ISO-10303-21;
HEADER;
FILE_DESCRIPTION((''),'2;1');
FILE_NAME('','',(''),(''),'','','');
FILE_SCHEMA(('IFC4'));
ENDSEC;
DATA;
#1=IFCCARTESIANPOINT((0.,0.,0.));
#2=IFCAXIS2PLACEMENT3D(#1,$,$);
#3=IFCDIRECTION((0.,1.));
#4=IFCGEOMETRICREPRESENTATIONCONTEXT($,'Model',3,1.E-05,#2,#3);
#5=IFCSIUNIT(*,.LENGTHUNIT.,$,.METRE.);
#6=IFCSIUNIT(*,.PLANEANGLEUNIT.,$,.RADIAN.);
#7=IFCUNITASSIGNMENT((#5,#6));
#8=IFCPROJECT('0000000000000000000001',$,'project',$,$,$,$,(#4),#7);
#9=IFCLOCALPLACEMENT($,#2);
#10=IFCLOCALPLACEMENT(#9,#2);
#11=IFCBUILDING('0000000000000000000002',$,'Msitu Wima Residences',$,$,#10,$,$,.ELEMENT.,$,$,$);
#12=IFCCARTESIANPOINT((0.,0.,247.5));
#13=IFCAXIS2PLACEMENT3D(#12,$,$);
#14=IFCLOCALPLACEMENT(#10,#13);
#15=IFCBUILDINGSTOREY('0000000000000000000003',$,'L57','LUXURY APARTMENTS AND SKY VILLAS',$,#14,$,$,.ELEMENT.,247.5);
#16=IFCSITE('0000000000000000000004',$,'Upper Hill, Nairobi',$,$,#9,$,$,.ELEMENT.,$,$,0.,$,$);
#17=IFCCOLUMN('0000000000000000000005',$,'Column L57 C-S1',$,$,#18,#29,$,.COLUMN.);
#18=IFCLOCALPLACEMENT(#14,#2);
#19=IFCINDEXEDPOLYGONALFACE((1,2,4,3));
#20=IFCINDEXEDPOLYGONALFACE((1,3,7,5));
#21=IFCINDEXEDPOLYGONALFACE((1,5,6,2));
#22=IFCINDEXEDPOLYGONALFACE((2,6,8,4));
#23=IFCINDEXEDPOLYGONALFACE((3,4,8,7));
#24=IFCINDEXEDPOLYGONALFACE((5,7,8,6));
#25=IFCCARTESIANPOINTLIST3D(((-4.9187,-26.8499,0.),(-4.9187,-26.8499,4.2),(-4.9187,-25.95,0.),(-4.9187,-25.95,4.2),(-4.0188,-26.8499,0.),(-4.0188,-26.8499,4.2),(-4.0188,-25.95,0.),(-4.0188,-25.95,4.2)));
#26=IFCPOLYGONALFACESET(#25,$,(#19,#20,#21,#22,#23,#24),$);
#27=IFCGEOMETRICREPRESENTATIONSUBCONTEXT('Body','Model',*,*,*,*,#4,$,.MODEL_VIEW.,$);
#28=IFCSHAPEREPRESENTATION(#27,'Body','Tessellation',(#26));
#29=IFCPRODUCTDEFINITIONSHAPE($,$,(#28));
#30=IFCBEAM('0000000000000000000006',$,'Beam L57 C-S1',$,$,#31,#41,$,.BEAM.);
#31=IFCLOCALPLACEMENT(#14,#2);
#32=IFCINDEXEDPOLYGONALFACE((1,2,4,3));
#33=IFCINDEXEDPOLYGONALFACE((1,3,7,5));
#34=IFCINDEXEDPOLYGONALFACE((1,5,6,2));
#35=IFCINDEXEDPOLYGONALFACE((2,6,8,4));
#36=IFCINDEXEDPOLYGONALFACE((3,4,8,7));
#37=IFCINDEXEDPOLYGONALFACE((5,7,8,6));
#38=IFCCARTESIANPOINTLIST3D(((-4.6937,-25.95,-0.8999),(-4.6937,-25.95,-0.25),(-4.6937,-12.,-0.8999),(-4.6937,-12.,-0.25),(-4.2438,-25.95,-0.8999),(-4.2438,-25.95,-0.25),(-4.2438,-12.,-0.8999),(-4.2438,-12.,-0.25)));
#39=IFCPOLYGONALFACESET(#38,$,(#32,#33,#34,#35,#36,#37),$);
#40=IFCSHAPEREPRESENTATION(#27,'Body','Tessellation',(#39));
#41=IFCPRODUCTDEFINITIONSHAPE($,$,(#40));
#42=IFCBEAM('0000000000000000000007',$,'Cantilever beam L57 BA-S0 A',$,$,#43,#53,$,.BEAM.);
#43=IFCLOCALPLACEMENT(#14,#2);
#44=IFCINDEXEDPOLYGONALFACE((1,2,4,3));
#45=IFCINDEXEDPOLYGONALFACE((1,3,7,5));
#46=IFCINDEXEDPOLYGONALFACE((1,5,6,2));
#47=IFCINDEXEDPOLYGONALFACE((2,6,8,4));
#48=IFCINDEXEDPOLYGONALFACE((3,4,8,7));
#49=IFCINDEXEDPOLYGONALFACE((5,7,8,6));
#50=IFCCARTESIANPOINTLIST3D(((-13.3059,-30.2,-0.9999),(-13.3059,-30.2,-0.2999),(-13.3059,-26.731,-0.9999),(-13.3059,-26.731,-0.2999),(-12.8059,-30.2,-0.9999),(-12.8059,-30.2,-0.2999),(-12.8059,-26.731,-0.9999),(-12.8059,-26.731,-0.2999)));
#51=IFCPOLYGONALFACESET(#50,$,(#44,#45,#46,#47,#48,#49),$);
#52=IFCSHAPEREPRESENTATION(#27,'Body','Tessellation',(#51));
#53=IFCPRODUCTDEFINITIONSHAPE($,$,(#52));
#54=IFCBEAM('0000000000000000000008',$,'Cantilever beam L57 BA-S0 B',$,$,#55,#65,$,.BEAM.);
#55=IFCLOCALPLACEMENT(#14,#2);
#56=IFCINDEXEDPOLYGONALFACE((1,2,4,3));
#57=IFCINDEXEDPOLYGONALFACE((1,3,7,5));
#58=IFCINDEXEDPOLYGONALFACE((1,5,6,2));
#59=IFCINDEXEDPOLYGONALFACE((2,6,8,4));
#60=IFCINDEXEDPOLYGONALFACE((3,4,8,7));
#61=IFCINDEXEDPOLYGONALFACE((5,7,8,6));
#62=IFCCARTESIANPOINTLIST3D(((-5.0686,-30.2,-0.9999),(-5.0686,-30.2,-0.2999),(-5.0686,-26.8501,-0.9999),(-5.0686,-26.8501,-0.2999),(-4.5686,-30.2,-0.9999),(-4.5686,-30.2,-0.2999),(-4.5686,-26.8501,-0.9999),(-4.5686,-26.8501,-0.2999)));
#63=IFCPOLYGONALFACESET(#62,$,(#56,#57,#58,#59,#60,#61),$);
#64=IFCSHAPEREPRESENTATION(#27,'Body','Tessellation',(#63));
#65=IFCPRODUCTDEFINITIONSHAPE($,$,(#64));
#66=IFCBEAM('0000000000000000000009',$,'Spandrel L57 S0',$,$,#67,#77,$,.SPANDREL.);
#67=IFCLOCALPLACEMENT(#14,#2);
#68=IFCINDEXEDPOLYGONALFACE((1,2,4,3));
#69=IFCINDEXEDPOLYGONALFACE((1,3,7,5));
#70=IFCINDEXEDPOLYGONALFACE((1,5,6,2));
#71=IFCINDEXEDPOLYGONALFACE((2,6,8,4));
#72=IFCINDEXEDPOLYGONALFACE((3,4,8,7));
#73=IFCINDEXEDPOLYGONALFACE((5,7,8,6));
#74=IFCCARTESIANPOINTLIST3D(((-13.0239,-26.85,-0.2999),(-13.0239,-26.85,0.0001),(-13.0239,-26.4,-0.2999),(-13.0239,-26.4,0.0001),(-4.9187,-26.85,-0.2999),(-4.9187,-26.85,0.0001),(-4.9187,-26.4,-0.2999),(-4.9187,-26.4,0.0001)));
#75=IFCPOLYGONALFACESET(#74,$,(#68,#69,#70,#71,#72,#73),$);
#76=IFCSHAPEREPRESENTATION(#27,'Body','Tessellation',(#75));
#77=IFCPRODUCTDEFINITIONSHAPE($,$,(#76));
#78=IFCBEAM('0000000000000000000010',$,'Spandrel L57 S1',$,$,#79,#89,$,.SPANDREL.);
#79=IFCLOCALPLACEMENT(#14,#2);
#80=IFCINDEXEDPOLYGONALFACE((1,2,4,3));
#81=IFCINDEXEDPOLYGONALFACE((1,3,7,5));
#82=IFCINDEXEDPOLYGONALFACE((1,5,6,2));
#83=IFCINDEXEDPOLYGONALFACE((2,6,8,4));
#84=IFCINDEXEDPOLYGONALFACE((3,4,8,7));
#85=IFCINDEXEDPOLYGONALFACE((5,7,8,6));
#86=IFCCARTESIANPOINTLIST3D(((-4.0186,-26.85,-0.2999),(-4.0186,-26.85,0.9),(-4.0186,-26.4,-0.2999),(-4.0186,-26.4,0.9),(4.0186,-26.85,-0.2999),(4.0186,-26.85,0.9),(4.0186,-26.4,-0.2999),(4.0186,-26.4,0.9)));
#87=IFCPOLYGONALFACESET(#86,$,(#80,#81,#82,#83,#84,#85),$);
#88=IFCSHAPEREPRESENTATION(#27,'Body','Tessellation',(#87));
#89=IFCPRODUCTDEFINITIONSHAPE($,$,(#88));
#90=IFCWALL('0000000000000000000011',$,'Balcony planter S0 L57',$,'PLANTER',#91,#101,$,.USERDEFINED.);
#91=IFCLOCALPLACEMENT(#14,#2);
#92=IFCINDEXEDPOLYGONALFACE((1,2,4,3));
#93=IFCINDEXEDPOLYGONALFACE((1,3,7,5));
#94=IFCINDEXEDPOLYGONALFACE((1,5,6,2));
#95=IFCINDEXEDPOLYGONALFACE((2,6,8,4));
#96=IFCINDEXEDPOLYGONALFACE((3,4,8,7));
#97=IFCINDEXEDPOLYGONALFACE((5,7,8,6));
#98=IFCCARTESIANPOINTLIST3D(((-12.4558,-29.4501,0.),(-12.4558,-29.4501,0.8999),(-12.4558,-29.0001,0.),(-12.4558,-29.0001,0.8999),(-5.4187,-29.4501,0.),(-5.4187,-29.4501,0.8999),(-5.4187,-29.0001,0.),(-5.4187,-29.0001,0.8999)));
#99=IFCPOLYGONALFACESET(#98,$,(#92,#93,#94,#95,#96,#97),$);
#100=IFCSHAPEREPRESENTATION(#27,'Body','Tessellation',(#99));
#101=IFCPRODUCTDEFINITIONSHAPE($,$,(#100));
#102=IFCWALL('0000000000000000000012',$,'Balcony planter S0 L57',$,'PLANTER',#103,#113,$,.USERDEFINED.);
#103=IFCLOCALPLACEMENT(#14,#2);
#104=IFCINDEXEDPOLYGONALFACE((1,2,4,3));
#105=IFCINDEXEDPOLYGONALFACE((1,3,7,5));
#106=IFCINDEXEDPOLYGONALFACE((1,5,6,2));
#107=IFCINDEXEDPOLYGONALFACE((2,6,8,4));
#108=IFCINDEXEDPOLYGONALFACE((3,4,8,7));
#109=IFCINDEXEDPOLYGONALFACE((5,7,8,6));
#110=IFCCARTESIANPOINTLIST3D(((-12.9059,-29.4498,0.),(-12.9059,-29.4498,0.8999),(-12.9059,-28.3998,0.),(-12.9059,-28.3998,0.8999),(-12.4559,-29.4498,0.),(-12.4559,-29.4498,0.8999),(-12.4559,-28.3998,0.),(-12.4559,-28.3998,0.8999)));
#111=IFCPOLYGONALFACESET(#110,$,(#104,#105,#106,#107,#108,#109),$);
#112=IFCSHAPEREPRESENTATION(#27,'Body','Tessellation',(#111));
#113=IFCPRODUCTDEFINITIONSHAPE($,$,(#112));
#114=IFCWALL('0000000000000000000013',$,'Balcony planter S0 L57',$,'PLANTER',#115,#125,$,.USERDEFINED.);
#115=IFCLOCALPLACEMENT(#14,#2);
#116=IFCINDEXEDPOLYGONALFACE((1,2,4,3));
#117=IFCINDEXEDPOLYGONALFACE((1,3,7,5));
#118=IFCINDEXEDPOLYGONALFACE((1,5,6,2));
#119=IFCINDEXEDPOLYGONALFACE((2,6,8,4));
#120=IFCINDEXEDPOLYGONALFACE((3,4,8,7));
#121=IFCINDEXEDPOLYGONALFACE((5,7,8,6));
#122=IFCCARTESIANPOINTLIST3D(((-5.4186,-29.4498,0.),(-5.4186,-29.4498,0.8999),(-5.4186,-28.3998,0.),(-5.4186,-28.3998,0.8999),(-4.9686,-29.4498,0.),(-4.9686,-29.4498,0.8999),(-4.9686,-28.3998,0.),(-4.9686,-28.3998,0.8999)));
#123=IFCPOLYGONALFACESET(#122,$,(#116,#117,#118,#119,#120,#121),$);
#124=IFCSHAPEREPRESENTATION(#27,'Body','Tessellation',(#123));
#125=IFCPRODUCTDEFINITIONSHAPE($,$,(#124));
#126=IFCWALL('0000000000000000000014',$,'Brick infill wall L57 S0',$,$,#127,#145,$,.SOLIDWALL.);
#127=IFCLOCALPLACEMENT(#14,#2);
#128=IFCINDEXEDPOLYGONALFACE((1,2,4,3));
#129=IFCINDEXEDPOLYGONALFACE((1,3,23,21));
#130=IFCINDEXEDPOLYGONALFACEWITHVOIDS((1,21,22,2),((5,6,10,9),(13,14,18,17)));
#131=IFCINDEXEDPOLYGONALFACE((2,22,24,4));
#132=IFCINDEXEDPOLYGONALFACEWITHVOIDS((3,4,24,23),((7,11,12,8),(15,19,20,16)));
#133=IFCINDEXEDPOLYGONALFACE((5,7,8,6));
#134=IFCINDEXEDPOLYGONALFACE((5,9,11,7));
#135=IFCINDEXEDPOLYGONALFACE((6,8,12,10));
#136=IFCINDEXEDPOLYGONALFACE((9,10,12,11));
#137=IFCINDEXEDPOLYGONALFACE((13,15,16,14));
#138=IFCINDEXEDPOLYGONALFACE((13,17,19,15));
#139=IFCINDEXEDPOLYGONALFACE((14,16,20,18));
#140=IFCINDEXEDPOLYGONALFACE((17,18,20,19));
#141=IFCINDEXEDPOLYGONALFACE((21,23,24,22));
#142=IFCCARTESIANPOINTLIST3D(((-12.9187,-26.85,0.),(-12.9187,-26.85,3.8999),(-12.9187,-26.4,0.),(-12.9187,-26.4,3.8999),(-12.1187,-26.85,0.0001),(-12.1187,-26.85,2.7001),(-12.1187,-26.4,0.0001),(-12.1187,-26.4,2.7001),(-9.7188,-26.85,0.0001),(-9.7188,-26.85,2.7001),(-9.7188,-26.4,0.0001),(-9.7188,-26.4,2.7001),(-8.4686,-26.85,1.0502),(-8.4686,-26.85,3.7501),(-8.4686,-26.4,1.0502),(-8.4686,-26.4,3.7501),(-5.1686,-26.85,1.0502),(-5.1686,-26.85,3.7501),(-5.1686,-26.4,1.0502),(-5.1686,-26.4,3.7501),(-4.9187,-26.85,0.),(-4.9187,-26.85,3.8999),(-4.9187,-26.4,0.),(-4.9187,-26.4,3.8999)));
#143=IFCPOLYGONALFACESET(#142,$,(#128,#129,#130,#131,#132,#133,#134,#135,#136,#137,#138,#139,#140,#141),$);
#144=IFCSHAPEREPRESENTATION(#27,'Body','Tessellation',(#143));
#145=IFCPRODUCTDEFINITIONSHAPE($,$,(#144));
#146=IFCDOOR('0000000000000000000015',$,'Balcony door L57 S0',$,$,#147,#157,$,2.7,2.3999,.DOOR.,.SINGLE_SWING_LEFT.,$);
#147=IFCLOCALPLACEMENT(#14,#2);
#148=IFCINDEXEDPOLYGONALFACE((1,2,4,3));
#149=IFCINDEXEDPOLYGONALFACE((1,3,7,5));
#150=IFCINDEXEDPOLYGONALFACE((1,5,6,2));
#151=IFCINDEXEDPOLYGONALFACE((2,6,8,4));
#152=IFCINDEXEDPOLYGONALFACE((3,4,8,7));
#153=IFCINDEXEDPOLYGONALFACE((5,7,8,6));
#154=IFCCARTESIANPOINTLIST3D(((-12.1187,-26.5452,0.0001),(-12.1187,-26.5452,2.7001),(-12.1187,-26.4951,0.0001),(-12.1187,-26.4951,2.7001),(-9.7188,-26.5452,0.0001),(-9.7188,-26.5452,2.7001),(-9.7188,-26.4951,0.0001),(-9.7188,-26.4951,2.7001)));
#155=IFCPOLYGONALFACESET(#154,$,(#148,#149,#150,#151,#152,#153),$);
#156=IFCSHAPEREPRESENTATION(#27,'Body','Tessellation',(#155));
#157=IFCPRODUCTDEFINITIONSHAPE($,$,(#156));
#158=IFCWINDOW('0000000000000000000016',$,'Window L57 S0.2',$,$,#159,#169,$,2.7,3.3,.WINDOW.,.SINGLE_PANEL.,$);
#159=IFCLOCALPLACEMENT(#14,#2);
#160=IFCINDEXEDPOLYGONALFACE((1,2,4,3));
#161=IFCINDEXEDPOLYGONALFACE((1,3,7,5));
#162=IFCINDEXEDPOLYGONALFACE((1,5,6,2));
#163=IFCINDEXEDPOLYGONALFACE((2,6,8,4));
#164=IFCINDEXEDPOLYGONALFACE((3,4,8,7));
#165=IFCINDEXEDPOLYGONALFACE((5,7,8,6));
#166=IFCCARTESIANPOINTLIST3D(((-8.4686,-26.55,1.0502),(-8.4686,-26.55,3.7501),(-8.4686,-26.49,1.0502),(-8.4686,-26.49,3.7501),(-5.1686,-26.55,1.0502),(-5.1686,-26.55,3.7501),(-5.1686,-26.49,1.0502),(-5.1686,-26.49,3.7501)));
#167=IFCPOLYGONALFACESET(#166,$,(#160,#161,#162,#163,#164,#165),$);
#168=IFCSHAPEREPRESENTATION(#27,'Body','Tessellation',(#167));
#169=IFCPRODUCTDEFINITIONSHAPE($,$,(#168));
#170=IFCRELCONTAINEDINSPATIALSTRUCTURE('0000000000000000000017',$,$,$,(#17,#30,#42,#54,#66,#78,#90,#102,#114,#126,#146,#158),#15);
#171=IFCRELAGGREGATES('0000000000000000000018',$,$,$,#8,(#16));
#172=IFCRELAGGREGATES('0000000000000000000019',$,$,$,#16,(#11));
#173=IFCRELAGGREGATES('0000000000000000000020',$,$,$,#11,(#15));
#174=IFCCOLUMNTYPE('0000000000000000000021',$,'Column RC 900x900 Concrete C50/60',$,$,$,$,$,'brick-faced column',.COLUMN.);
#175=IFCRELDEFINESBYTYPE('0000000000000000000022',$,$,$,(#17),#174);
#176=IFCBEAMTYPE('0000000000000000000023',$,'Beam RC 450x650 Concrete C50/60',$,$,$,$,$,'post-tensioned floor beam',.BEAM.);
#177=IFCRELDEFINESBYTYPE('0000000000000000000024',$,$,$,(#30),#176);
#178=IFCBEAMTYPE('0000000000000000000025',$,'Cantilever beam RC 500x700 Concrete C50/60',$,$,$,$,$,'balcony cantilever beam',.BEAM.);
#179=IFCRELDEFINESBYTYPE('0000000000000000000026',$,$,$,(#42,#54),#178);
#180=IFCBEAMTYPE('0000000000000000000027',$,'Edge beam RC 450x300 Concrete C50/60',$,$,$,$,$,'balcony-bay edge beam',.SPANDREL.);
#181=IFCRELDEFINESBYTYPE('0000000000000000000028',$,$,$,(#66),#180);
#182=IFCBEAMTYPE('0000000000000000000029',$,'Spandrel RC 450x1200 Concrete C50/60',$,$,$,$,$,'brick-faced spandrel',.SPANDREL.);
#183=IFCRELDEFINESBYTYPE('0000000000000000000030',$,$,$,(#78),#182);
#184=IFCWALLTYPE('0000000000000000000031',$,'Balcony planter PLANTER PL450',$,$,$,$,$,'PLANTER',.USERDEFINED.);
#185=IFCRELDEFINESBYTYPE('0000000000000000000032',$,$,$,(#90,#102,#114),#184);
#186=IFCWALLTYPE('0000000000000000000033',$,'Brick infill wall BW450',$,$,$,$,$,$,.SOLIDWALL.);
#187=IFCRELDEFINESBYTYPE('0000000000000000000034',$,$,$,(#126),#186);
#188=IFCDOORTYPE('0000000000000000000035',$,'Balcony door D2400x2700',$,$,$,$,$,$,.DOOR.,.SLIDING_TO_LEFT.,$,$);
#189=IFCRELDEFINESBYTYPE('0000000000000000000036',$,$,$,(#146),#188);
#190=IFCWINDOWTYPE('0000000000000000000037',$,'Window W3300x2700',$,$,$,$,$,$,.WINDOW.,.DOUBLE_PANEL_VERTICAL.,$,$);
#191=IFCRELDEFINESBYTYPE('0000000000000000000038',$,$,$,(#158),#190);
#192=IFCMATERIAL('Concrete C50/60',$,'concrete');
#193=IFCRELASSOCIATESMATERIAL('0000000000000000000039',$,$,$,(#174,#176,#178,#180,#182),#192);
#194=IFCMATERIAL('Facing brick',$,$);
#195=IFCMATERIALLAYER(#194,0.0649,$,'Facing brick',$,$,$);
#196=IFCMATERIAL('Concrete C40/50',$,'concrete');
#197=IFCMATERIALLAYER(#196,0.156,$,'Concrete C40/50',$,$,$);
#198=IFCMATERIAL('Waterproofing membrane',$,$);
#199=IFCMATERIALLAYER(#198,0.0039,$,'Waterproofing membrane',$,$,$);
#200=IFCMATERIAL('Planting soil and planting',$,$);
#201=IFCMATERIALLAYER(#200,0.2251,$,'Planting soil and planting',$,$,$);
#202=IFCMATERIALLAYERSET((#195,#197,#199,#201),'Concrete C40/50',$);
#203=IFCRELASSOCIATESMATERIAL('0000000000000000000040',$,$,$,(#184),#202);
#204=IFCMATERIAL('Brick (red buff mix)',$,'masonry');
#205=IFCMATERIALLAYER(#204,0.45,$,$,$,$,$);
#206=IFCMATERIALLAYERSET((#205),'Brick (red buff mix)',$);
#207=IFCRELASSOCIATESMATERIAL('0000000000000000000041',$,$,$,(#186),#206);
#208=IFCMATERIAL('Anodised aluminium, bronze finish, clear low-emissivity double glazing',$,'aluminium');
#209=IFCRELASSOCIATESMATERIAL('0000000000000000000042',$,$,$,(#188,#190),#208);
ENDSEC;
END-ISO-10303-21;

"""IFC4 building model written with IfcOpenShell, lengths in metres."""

from ifc_helpers import new_model, si_unit, direction, frame, frame_2d, origin, origin_2d, place, context, subcontext, project, spatial, rectangle, extrude, material, layer, layer_set, material_profile, profile_set, type_object, element, fill, save


model = new_model("IFC4")

# Units and contexts
model_context = context("Model", 3, precision=1e-05, world=origin(), true_north=direction((0.0, 1.0)))
body_context = subcontext(model_context, "Body", "Model", "MODEL_VIEW")
ifc_project = project(units=[si_unit("LENGTHUNIT", "METRE"), si_unit("PLANEANGLEUNIT", "RADIAN")], contexts=[model_context])

# Site, building, storey
site_placement = place(None, origin())
site = spatial("IfcSite", under=ifc_project, at=site_placement, Name="Upper Hill, Nairobi", CompositionType="ELEMENT", RefElevation=0.0)
building_placement = place(site_placement, origin())
building = spatial("IfcBuilding", under=site, at=building_placement, Name="Msitu Wima Residences", CompositionType="ELEMENT")
storey_placement = place(building_placement, frame((0.0, 0.0, 247.5)))
storey = spatial("IfcBuildingStorey", under=building, at=storey_placement, Name="L57", Description="LUXURY APARTMENTS AND SKY VILLAS", CompositionType="ELEMENT", Elevation=247.5)

# Column
ifc_material_1 = material(Name="Concrete C50/60", Category="concrete")
ifc_material_profile_1 = material_profile(ifc_material_1, rectangle(XDim=0.8999, YDim=0.8999, at=origin_2d()), Name="RC 900x900")
ifc_profile_set_1 = profile_set([ifc_material_profile_1], Name="Concrete C50/60")
column_type = type_object("IfcColumnType", Name="Column RC 900x900 Concrete C50/60", ElementType="brick-faced column", PredefinedType="COLUMN", material=ifc_profile_set_1)
column_placement = place(storey_placement, frame((-4.4688, -26.3999, 0.0), z_axis=(0.0, 0.0, 1.0), x_axis=(1.0, 0.0, 0.0)))
element("IfcColumn", 1, at=column_placement, inside=storey, type_object=column_type, Name="Column L57 C-S1", PredefinedType="COLUMN", context=body_context, shape_type="SweptSolid", body=[
    extrude(rectangle(XDim=0.8999, YDim=0.8999, at=origin_2d()), origin(), (0.0, 0.0, 1.0), 4.2),
])

# Beams
ifc_material_profile_2 = material_profile(ifc_material_1, rectangle(XDim=0.45, YDim=0.6499, at=origin_2d()), Name="RC 450x650")
ifc_profile_set_2 = profile_set([ifc_material_profile_2], Name="Concrete C50/60")
beam_type_1 = type_object("IfcBeamType", Name="Beam RC 450x650 Concrete C50/60", ElementType="post-tensioned floor beam", PredefinedType="BEAM", material=ifc_profile_set_2)
beam_1_placement = place(storey_placement, frame((-4.4688, -25.95, -0.575), z_axis=(0.0, 1.0, 0.0), x_axis=(-1.0, 0.0, 0.0)))
element("IfcBeam", 2, at=beam_1_placement, inside=storey, type_object=beam_type_1, Name="Beam L57 C-S1", PredefinedType="BEAM", context=body_context, shape_type="SweptSolid", body=[
    extrude(rectangle(XDim=0.45, YDim=0.6499, at=origin_2d()), origin(), (0.0, 0.0, 1.0), 13.95),
])
ifc_material_profile_3 = material_profile(ifc_material_1, rectangle(XDim=0.5, YDim=0.7, at=origin_2d()), Name="RC 500x700")
ifc_profile_set_3 = profile_set([ifc_material_profile_3], Name="Concrete C50/60")
beam_type_2 = type_object("IfcBeamType", Name="Cantilever beam RC 500x700 Concrete C50/60", ElementType="balcony cantilever beam", PredefinedType="BEAM", material=ifc_profile_set_3)
beam_2_placement = place(storey_placement, frame((-13.0559, -26.731, -0.6499), z_axis=(0.0, -1.0, 0.0), x_axis=(1.0, 0.0, 0.0)))
element("IfcBeam", 3, at=beam_2_placement, inside=storey, type_object=beam_type_2, Name="Cantilever beam L57 BA-S0 A", PredefinedType="BEAM", context=body_context, shape_type="SweptSolid", body=[
    extrude(rectangle(XDim=0.5, YDim=0.7, at=origin_2d()), origin(), (0.0, 0.0, 1.0), 3.469),
])
beam_3_placement = place(storey_placement, frame((-4.8186, -26.8501, -0.6499), z_axis=(0.0, -1.0, 0.0), x_axis=(1.0, 0.0, 0.0)))
element("IfcBeam", 4, at=beam_3_placement, inside=storey, type_object=beam_type_2, Name="Cantilever beam L57 BA-S0 B", PredefinedType="BEAM", context=body_context, shape_type="SweptSolid", body=[
    extrude(rectangle(XDim=0.5, YDim=0.7, at=origin_2d()), origin(), (0.0, 0.0, 1.0), 3.3499),
])
ifc_material_profile_4 = material_profile(ifc_material_1, rectangle(XDim=0.45, YDim=0.3, at=origin_2d()), Name="RC 450x300")
ifc_profile_set_4 = profile_set([ifc_material_profile_4], Name="Concrete C50/60")
beam_type_3 = type_object("IfcBeamType", Name="Edge beam RC 450x300 Concrete C50/60", ElementType="balcony-bay edge beam", PredefinedType="SPANDREL", material=ifc_profile_set_4)
beam_4_placement = place(storey_placement, frame((-13.0239, -26.625, -0.1499), z_axis=(1.0, 0.0, 0.0), x_axis=(0.0, 1.0, 0.0)))
element("IfcBeam", 5, at=beam_4_placement, inside=storey, type_object=beam_type_3, Name="Spandrel L57 S0", PredefinedType="SPANDREL", context=body_context, shape_type="SweptSolid", body=[
    extrude(rectangle(XDim=0.45, YDim=0.3, at=origin_2d()), origin(), (0.0, 0.0, 1.0), 8.1052),
])
ifc_material_profile_5 = material_profile(ifc_material_1, rectangle(XDim=0.45, YDim=1.2, at=origin_2d()), Name="RC 450x1200")
ifc_profile_set_5 = profile_set([ifc_material_profile_5], Name="Concrete C50/60")
beam_type_4 = type_object("IfcBeamType", Name="Spandrel RC 450x1200 Concrete C50/60", ElementType="brick-faced spandrel", PredefinedType="SPANDREL", material=ifc_profile_set_5)
beam_5_placement = place(storey_placement, frame((-4.0186, -26.625, 0.3), z_axis=(1.0, 0.0, 0.0), x_axis=(0.0, 1.0, 0.0)))
element("IfcBeam", 6, at=beam_5_placement, inside=storey, type_object=beam_type_4, Name="Spandrel L57 S1", PredefinedType="SPANDREL", context=body_context, shape_type="SweptSolid", body=[
    extrude(rectangle(XDim=0.45, YDim=1.2, at=origin_2d()), origin(), (0.0, 0.0, 1.0), 8.0371),
])

# Walls
ifc_material_2 = material(Name="Facing brick")
ifc_layer_1 = layer(ifc_material_2, 0.0649, Name="Facing brick")
ifc_material_3 = material(Name="Concrete C40/50", Category="concrete")
ifc_layer_2 = layer(ifc_material_3, 0.156, Name="Concrete C40/50")
ifc_material_4 = material(Name="Waterproofing membrane")
ifc_layer_3 = layer(ifc_material_4, 0.0039, Name="Waterproofing membrane")
ifc_material_5 = material(Name="Planting soil and planting")
ifc_layer_4 = layer(ifc_material_5, 0.2251, Name="Planting soil and planting")
ifc_layer_set_1 = layer_set([ifc_layer_1, ifc_layer_2, ifc_layer_3, ifc_layer_4], Name="Concrete C40/50")
wall_type_1 = type_object("IfcWallType", Name="Balcony planter PLANTER PL450", ElementType="PLANTER", PredefinedType="USERDEFINED", material=ifc_layer_set_1)
wall_1_placement = place(storey_placement, frame((-12.4558, -29.2251, 0.0), z_axis=(0.0, 0.0, 1.0), x_axis=(1.0, 0.0, 0.0)))
element("IfcWall", 7, at=wall_1_placement, inside=storey, type_object=wall_type_1, Name="Balcony planter S0 L57", ObjectType="PLANTER", PredefinedType="USERDEFINED", context=body_context, shape_type="SweptSolid", body=[
    extrude(rectangle(XDim=7.0371, YDim=0.45, at=frame_2d((3.5186, 0.0))), origin(), (0.0, 0.0, 1.0), 0.8999),
])
for number, where, z_axis, x_axis, name in (
    (8, (-12.6809, -28.3999, 0.0), (0.0, 0.0, 1.0), (0.0, -1.0, 0.0), "Balcony planter S0 L57"),
    (9, (-5.1936, -28.3999, 0.0), (0.0, 0.0, 1.0), (0.0, -1.0, 0.0), "Balcony planter S0 L57"),
):
    element("IfcWall", number, at=place(storey_placement, frame(where, z_axis=z_axis, x_axis=x_axis)), inside=storey, type_object=wall_type_1, Name=name, ObjectType="PLANTER", PredefinedType="USERDEFINED", context=body_context, shape_type="SweptSolid", body=[
        extrude(rectangle(XDim=1.05, YDim=0.45, at=frame_2d((0.5249, 0.0))), origin(), (0.0, 0.0, 1.0), 0.8999),
    ])

# Wall, openings, door, window
ifc_material_6 = material(Name="Brick (red buff mix)", Category="masonry")
ifc_layer_5 = layer(ifc_material_6, 0.45)
ifc_layer_set_2 = layer_set([ifc_layer_5], Name="Brick (red buff mix)")
wall_type_2 = type_object("IfcWallType", Name="Brick infill wall BW450", PredefinedType="SOLIDWALL", material=ifc_layer_set_2)
wall_2_placement = place(storey_placement, frame((-12.9187, -26.625, 0.0), z_axis=(0.0, 0.0, 1.0), x_axis=(1.0, 0.0, 0.0)))
wall_2 = element("IfcWall", 10, at=wall_2_placement, inside=storey, type_object=wall_type_2, Name="Brick infill wall L57 S0", PredefinedType="SOLIDWALL", context=body_context, shape_type="SweptSolid", body=[
    extrude(rectangle(XDim=8.0, YDim=0.45, at=frame_2d((4.0, 0.0))), origin(), (0.0, 0.0, 1.0), 3.8999),
])
opening_1_placement = place(wall_2_placement, frame((0.8, 0.0, 0.0)))
opening_1 = element("IfcOpeningElement", 11, at=opening_1_placement, cuts=wall_2, PredefinedType="OPENING", context=body_context, shape_type="SweptSolid", body=[
    extrude(rectangle(XDim=2.3999, YDim=2.7, at=frame_2d((1.2, 1.3501))), frame((0.0, 0.2349, 0.0), z_axis=(0.0, -1.0, 0.0), x_axis=(1.0, 0.0, 0.0)), (0.0, 0.0, 1.0), 0.47),
])
opening_2_placement = place(wall_2_placement, frame((4.4502, 0.0, 1.05)))
opening_2 = element("IfcOpeningElement", 12, at=opening_2_placement, cuts=wall_2, PredefinedType="OPENING", context=body_context, shape_type="SweptSolid", body=[
    extrude(rectangle(XDim=3.3, YDim=2.7, at=frame_2d((1.6499, 1.3501))), frame((0.0, 0.2349, 0.0), z_axis=(0.0, -1.0, 0.0), x_axis=(1.0, 0.0, 0.0)), (0.0, 0.0, 1.0), 0.47),
])
ifc_material_7 = material(Name="Anodised aluminium, bronze finish, clear low-emissivity double glazing", Category="aluminium")
door_type_1 = type_object("IfcDoorType", Name="Balcony door D2400x2700", OperationType="SLIDING_TO_LEFT", PredefinedType="DOOR", material=ifc_material_7)
door_1_placement = place(opening_1_placement, origin())
door_1 = element("IfcDoor", 13, at=door_1_placement, inside=storey, type_object=door_type_1, Name="Balcony door L57 S0", OperationType="SINGLE_SWING_LEFT", OverallHeight=2.7, OverallWidth=2.3999, PredefinedType="DOOR", context=body_context, shape_type="SweptSolid", body=[
    extrude(rectangle(XDim=2.3999, YDim=2.7, at=frame_2d((1.2, 1.3501))), frame((0.0, 0.1299, 0.0), z_axis=(0.0, -1.0, 0.0), x_axis=(1.0, 0.0, 0.0)), (0.0, 0.0, 1.0), 0.05),
])
fill(opening_1, door_1)
window_type = type_object("IfcWindowType", Name="Window W3300x2700", PartitioningType="DOUBLE_PANEL_VERTICAL", PredefinedType="WINDOW", material=ifc_material_7)
window_1_placement = place(opening_2_placement, origin())
window_1 = element("IfcWindow", 14, at=window_1_placement, inside=storey, type_object=window_type, Name="Window L57 S0.2", OverallHeight=2.7, OverallWidth=3.3, PartitioningType="SINGLE_PANEL", PredefinedType="WINDOW", context=body_context, shape_type="SweptSolid", body=[
    extrude(rectangle(XDim=3.3, YDim=2.7, at=frame_2d((1.6499, 1.3501))), frame((0.0, 0.135, 0.0), z_axis=(0.0, -1.0, 0.0), x_axis=(1.0, 0.0, 0.0)), (0.0, 0.0, 1.0), 0.0601),
])
fill(opening_2, window_1)

save(model, "model.ifc")
